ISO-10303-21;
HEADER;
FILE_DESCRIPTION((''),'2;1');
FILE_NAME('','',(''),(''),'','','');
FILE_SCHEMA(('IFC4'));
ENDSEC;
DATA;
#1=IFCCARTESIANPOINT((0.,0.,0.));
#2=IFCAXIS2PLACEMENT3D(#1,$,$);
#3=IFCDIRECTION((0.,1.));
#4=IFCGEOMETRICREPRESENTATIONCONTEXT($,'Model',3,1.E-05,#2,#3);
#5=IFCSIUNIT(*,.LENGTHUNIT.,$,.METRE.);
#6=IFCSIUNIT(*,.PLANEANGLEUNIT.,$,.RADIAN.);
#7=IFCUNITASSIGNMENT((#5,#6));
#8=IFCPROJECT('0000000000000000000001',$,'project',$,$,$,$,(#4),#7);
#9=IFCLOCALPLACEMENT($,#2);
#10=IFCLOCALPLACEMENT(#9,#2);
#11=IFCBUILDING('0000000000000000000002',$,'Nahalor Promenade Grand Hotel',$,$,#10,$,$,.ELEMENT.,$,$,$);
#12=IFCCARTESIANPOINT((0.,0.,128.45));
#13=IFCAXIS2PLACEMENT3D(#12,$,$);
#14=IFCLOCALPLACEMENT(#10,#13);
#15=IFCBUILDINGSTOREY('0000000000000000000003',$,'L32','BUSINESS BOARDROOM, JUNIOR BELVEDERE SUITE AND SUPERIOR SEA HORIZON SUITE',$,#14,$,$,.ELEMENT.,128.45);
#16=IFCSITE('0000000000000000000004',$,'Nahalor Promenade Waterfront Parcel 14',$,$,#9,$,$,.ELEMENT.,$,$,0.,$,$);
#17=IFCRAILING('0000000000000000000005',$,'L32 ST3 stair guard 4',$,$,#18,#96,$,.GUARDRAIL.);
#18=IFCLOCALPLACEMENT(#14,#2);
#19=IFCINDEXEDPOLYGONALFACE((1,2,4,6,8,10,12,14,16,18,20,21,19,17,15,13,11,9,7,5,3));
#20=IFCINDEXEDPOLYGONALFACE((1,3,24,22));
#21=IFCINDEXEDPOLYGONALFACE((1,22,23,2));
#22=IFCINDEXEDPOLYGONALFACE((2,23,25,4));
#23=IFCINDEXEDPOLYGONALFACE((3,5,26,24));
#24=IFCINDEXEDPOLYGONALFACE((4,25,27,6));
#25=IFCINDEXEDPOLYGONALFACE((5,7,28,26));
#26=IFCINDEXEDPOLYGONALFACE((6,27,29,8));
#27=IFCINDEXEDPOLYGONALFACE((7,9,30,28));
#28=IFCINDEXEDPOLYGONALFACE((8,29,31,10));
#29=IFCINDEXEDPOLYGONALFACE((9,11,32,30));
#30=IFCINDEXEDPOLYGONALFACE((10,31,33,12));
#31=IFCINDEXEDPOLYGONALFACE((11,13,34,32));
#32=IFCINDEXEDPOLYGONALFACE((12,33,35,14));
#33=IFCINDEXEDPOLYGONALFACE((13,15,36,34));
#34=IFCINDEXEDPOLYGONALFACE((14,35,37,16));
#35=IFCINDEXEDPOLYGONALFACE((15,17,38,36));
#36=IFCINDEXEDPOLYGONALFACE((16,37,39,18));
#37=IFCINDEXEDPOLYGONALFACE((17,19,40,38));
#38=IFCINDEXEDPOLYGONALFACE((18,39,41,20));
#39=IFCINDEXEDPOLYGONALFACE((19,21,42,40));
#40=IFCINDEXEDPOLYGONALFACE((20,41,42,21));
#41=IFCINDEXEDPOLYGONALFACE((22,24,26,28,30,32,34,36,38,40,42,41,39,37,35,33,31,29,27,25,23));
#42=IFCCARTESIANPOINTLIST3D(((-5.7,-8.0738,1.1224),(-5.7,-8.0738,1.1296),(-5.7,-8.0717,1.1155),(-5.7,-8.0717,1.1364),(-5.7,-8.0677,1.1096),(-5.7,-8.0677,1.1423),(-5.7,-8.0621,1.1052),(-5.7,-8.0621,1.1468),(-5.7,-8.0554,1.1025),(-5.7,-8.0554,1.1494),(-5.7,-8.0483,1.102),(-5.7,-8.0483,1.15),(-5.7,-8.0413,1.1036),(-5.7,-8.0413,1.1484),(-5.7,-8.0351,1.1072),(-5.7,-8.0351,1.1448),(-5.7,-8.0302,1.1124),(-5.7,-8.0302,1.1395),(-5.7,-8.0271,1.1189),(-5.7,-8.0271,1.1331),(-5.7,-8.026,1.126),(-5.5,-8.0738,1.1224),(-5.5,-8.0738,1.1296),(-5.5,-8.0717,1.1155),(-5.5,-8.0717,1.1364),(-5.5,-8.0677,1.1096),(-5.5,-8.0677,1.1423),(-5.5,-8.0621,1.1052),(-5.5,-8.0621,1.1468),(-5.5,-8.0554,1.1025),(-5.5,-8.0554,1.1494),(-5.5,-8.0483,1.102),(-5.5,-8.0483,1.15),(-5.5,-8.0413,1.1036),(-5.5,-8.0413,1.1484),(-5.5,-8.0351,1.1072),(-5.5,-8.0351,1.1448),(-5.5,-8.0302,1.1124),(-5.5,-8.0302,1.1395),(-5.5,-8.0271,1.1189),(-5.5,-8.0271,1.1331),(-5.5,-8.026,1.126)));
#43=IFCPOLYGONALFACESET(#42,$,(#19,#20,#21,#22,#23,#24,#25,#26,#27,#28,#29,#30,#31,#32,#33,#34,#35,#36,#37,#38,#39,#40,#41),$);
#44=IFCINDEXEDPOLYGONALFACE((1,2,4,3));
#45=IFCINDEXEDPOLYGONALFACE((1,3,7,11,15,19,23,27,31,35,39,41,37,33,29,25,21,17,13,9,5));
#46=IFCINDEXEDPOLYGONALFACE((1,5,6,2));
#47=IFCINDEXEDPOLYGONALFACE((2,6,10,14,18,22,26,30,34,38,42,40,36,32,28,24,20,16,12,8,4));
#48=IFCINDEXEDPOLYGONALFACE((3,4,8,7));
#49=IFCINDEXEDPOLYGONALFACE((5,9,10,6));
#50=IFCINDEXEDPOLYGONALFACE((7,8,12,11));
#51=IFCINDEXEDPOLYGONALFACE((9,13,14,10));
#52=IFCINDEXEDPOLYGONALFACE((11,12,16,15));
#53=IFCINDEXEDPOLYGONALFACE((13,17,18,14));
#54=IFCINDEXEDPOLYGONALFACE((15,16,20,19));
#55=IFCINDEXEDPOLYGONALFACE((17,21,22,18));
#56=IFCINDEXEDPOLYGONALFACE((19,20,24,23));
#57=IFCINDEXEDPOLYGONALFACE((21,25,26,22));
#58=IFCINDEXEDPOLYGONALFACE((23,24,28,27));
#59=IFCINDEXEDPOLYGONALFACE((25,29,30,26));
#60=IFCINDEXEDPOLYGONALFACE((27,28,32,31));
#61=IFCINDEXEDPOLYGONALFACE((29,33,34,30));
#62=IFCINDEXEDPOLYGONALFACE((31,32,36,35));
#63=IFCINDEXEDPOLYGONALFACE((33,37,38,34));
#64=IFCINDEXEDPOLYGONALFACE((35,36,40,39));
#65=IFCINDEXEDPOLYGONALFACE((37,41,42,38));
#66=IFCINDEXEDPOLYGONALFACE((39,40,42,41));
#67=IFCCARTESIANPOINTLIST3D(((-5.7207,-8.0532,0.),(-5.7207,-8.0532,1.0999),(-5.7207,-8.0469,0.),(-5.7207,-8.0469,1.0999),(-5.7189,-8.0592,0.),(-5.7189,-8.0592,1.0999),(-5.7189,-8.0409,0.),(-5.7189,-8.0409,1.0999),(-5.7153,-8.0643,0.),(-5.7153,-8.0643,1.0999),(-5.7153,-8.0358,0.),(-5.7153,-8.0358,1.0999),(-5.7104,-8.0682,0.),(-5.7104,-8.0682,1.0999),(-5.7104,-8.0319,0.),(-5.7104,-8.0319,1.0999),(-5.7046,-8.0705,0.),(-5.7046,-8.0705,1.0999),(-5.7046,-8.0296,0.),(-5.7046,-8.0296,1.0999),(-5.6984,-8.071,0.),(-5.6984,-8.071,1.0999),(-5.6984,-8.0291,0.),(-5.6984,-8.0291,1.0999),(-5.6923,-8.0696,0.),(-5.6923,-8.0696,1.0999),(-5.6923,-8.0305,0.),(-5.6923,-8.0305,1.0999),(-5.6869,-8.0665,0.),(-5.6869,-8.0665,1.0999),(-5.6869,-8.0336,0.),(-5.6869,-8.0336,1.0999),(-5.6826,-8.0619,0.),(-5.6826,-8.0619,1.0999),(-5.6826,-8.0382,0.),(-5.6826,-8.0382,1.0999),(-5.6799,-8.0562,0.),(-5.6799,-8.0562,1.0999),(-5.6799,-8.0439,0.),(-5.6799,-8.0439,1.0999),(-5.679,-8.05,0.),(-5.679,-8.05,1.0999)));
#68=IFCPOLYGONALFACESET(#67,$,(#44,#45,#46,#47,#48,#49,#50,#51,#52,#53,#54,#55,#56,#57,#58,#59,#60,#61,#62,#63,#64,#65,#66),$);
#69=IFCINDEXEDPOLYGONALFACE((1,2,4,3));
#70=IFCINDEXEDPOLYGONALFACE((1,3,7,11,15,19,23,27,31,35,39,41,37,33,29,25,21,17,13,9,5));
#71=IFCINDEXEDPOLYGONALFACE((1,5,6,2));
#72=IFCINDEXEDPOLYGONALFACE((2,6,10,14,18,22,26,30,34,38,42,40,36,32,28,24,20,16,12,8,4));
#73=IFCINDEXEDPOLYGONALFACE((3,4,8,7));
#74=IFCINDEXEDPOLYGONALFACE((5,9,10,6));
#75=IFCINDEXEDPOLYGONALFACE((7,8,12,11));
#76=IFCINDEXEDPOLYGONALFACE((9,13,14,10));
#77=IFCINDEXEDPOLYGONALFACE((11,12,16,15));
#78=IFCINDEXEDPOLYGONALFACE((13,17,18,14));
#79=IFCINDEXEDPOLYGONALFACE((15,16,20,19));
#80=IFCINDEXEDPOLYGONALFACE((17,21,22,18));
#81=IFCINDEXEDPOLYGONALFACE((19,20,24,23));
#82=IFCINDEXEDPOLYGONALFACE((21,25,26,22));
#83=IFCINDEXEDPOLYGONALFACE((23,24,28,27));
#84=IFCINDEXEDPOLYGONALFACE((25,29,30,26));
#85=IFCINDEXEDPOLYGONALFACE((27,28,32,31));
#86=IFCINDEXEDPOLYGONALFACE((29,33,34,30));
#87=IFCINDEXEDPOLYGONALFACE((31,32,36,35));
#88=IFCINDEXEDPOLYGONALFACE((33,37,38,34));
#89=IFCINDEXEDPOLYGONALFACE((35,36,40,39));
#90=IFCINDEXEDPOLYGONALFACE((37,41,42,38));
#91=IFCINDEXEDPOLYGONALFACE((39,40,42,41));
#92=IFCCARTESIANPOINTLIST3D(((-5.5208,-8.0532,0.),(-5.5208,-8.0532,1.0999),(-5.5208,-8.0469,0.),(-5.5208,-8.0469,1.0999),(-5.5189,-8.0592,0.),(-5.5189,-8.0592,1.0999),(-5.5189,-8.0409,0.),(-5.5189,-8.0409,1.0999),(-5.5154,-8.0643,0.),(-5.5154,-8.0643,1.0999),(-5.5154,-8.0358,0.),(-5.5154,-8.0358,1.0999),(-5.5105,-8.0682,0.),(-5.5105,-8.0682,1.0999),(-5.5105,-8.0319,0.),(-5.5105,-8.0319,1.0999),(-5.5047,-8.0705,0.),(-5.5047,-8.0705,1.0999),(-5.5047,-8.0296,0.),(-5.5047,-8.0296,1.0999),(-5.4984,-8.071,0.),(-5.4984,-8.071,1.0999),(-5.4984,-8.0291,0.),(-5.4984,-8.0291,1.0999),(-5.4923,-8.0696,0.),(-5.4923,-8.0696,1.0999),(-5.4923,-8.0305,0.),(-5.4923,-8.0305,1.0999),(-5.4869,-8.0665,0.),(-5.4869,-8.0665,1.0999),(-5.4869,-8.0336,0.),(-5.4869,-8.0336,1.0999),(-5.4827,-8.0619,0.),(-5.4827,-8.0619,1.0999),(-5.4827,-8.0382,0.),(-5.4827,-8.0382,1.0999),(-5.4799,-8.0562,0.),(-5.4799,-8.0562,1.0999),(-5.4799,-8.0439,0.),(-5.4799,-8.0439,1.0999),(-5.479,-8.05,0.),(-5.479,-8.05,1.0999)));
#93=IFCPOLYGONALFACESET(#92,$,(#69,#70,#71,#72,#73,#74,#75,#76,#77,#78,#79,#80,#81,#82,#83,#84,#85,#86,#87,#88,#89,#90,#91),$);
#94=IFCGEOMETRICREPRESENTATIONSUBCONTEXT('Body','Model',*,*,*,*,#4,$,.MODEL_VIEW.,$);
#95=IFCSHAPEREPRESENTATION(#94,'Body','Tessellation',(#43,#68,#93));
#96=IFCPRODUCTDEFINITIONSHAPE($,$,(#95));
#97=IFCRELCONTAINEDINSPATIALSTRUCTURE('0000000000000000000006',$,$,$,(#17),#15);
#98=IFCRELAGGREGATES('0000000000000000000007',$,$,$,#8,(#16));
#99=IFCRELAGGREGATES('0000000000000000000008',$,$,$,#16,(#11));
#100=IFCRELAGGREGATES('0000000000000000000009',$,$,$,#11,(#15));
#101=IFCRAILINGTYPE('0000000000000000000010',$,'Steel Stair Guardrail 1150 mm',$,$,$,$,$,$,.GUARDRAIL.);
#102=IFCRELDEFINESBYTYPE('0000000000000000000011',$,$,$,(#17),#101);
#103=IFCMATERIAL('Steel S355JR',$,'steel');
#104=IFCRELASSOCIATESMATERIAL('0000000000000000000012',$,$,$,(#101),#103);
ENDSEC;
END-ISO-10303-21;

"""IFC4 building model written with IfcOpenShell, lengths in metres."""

from ifc_helpers import new_model, si_unit, direction, frame, origin, origin_2d, place, context, subcontext, project, spatial, circle, extrude, material, type_object, element, save


model = new_model("IFC4")

# Units and contexts
model_context = context("Model", 3, precision=1e-05, world=origin(), true_north=direction((0.0, 1.0)))
body_context = subcontext(model_context, "Body", "Model", "MODEL_VIEW")
ifc_project = project(units=[si_unit("LENGTHUNIT", "METRE"), si_unit("PLANEANGLEUNIT", "RADIAN")], contexts=[model_context])

# Site, building, storey
site_placement = place(None, origin())
site = spatial("IfcSite", under=ifc_project, at=site_placement, Name="Nahalor Promenade Waterfront Parcel 14", CompositionType="ELEMENT", RefElevation=0.0)
building_placement = place(site_placement, origin())
building = spatial("IfcBuilding", under=site, at=building_placement, Name="Nahalor Promenade Grand Hotel", CompositionType="ELEMENT")
storey_placement = place(building_placement, frame((0.0, 0.0, 128.45)))
storey = spatial("IfcBuildingStorey", under=building, at=storey_placement, Name="L32", Description="BUSINESS BOARDROOM, JUNIOR BELVEDERE SUITE AND SUPERIOR SEA HORIZON SUITE", CompositionType="ELEMENT", Elevation=128.45)

# Shared definitions
ifc_material_1 = material(Name="Steel S355JR", Category="steel")

# Railing
railing_type_1 = type_object("IfcRailingType", Name="Steel Stair Guardrail 1150 mm", PredefinedType="GUARDRAIL", material=ifc_material_1)
railing_1_placement = place(storey_placement, frame((-5.7, -8.05, 0.0)))
element("IfcRailing", 1, at=railing_1_placement, inside=storey, type_object=railing_type_1, Name="L32 ST3 stair guard 4", PredefinedType="GUARDRAIL", context=body_context, shape_type="SweptSolid", body=[
    extrude(circle(Radius=0.024, at=origin_2d()), frame((0.0, 0.0, 1.126), z_axis=(1.0, 0.0, 0.0), x_axis=(0.0, 1.0, 0.0)), (0.0, 0.0, 1.0), 0.2),
    extrude(circle(Radius=0.021, at=origin_2d()), origin(), (0.0, 0.0, 1.0), 1.0999),
    extrude(circle(Radius=0.021, at=origin_2d()), frame((0.2, 0.0, 0.0)), (0.0, 0.0, 1.0), 1.0999),
])

save(model, "model.ifc")
